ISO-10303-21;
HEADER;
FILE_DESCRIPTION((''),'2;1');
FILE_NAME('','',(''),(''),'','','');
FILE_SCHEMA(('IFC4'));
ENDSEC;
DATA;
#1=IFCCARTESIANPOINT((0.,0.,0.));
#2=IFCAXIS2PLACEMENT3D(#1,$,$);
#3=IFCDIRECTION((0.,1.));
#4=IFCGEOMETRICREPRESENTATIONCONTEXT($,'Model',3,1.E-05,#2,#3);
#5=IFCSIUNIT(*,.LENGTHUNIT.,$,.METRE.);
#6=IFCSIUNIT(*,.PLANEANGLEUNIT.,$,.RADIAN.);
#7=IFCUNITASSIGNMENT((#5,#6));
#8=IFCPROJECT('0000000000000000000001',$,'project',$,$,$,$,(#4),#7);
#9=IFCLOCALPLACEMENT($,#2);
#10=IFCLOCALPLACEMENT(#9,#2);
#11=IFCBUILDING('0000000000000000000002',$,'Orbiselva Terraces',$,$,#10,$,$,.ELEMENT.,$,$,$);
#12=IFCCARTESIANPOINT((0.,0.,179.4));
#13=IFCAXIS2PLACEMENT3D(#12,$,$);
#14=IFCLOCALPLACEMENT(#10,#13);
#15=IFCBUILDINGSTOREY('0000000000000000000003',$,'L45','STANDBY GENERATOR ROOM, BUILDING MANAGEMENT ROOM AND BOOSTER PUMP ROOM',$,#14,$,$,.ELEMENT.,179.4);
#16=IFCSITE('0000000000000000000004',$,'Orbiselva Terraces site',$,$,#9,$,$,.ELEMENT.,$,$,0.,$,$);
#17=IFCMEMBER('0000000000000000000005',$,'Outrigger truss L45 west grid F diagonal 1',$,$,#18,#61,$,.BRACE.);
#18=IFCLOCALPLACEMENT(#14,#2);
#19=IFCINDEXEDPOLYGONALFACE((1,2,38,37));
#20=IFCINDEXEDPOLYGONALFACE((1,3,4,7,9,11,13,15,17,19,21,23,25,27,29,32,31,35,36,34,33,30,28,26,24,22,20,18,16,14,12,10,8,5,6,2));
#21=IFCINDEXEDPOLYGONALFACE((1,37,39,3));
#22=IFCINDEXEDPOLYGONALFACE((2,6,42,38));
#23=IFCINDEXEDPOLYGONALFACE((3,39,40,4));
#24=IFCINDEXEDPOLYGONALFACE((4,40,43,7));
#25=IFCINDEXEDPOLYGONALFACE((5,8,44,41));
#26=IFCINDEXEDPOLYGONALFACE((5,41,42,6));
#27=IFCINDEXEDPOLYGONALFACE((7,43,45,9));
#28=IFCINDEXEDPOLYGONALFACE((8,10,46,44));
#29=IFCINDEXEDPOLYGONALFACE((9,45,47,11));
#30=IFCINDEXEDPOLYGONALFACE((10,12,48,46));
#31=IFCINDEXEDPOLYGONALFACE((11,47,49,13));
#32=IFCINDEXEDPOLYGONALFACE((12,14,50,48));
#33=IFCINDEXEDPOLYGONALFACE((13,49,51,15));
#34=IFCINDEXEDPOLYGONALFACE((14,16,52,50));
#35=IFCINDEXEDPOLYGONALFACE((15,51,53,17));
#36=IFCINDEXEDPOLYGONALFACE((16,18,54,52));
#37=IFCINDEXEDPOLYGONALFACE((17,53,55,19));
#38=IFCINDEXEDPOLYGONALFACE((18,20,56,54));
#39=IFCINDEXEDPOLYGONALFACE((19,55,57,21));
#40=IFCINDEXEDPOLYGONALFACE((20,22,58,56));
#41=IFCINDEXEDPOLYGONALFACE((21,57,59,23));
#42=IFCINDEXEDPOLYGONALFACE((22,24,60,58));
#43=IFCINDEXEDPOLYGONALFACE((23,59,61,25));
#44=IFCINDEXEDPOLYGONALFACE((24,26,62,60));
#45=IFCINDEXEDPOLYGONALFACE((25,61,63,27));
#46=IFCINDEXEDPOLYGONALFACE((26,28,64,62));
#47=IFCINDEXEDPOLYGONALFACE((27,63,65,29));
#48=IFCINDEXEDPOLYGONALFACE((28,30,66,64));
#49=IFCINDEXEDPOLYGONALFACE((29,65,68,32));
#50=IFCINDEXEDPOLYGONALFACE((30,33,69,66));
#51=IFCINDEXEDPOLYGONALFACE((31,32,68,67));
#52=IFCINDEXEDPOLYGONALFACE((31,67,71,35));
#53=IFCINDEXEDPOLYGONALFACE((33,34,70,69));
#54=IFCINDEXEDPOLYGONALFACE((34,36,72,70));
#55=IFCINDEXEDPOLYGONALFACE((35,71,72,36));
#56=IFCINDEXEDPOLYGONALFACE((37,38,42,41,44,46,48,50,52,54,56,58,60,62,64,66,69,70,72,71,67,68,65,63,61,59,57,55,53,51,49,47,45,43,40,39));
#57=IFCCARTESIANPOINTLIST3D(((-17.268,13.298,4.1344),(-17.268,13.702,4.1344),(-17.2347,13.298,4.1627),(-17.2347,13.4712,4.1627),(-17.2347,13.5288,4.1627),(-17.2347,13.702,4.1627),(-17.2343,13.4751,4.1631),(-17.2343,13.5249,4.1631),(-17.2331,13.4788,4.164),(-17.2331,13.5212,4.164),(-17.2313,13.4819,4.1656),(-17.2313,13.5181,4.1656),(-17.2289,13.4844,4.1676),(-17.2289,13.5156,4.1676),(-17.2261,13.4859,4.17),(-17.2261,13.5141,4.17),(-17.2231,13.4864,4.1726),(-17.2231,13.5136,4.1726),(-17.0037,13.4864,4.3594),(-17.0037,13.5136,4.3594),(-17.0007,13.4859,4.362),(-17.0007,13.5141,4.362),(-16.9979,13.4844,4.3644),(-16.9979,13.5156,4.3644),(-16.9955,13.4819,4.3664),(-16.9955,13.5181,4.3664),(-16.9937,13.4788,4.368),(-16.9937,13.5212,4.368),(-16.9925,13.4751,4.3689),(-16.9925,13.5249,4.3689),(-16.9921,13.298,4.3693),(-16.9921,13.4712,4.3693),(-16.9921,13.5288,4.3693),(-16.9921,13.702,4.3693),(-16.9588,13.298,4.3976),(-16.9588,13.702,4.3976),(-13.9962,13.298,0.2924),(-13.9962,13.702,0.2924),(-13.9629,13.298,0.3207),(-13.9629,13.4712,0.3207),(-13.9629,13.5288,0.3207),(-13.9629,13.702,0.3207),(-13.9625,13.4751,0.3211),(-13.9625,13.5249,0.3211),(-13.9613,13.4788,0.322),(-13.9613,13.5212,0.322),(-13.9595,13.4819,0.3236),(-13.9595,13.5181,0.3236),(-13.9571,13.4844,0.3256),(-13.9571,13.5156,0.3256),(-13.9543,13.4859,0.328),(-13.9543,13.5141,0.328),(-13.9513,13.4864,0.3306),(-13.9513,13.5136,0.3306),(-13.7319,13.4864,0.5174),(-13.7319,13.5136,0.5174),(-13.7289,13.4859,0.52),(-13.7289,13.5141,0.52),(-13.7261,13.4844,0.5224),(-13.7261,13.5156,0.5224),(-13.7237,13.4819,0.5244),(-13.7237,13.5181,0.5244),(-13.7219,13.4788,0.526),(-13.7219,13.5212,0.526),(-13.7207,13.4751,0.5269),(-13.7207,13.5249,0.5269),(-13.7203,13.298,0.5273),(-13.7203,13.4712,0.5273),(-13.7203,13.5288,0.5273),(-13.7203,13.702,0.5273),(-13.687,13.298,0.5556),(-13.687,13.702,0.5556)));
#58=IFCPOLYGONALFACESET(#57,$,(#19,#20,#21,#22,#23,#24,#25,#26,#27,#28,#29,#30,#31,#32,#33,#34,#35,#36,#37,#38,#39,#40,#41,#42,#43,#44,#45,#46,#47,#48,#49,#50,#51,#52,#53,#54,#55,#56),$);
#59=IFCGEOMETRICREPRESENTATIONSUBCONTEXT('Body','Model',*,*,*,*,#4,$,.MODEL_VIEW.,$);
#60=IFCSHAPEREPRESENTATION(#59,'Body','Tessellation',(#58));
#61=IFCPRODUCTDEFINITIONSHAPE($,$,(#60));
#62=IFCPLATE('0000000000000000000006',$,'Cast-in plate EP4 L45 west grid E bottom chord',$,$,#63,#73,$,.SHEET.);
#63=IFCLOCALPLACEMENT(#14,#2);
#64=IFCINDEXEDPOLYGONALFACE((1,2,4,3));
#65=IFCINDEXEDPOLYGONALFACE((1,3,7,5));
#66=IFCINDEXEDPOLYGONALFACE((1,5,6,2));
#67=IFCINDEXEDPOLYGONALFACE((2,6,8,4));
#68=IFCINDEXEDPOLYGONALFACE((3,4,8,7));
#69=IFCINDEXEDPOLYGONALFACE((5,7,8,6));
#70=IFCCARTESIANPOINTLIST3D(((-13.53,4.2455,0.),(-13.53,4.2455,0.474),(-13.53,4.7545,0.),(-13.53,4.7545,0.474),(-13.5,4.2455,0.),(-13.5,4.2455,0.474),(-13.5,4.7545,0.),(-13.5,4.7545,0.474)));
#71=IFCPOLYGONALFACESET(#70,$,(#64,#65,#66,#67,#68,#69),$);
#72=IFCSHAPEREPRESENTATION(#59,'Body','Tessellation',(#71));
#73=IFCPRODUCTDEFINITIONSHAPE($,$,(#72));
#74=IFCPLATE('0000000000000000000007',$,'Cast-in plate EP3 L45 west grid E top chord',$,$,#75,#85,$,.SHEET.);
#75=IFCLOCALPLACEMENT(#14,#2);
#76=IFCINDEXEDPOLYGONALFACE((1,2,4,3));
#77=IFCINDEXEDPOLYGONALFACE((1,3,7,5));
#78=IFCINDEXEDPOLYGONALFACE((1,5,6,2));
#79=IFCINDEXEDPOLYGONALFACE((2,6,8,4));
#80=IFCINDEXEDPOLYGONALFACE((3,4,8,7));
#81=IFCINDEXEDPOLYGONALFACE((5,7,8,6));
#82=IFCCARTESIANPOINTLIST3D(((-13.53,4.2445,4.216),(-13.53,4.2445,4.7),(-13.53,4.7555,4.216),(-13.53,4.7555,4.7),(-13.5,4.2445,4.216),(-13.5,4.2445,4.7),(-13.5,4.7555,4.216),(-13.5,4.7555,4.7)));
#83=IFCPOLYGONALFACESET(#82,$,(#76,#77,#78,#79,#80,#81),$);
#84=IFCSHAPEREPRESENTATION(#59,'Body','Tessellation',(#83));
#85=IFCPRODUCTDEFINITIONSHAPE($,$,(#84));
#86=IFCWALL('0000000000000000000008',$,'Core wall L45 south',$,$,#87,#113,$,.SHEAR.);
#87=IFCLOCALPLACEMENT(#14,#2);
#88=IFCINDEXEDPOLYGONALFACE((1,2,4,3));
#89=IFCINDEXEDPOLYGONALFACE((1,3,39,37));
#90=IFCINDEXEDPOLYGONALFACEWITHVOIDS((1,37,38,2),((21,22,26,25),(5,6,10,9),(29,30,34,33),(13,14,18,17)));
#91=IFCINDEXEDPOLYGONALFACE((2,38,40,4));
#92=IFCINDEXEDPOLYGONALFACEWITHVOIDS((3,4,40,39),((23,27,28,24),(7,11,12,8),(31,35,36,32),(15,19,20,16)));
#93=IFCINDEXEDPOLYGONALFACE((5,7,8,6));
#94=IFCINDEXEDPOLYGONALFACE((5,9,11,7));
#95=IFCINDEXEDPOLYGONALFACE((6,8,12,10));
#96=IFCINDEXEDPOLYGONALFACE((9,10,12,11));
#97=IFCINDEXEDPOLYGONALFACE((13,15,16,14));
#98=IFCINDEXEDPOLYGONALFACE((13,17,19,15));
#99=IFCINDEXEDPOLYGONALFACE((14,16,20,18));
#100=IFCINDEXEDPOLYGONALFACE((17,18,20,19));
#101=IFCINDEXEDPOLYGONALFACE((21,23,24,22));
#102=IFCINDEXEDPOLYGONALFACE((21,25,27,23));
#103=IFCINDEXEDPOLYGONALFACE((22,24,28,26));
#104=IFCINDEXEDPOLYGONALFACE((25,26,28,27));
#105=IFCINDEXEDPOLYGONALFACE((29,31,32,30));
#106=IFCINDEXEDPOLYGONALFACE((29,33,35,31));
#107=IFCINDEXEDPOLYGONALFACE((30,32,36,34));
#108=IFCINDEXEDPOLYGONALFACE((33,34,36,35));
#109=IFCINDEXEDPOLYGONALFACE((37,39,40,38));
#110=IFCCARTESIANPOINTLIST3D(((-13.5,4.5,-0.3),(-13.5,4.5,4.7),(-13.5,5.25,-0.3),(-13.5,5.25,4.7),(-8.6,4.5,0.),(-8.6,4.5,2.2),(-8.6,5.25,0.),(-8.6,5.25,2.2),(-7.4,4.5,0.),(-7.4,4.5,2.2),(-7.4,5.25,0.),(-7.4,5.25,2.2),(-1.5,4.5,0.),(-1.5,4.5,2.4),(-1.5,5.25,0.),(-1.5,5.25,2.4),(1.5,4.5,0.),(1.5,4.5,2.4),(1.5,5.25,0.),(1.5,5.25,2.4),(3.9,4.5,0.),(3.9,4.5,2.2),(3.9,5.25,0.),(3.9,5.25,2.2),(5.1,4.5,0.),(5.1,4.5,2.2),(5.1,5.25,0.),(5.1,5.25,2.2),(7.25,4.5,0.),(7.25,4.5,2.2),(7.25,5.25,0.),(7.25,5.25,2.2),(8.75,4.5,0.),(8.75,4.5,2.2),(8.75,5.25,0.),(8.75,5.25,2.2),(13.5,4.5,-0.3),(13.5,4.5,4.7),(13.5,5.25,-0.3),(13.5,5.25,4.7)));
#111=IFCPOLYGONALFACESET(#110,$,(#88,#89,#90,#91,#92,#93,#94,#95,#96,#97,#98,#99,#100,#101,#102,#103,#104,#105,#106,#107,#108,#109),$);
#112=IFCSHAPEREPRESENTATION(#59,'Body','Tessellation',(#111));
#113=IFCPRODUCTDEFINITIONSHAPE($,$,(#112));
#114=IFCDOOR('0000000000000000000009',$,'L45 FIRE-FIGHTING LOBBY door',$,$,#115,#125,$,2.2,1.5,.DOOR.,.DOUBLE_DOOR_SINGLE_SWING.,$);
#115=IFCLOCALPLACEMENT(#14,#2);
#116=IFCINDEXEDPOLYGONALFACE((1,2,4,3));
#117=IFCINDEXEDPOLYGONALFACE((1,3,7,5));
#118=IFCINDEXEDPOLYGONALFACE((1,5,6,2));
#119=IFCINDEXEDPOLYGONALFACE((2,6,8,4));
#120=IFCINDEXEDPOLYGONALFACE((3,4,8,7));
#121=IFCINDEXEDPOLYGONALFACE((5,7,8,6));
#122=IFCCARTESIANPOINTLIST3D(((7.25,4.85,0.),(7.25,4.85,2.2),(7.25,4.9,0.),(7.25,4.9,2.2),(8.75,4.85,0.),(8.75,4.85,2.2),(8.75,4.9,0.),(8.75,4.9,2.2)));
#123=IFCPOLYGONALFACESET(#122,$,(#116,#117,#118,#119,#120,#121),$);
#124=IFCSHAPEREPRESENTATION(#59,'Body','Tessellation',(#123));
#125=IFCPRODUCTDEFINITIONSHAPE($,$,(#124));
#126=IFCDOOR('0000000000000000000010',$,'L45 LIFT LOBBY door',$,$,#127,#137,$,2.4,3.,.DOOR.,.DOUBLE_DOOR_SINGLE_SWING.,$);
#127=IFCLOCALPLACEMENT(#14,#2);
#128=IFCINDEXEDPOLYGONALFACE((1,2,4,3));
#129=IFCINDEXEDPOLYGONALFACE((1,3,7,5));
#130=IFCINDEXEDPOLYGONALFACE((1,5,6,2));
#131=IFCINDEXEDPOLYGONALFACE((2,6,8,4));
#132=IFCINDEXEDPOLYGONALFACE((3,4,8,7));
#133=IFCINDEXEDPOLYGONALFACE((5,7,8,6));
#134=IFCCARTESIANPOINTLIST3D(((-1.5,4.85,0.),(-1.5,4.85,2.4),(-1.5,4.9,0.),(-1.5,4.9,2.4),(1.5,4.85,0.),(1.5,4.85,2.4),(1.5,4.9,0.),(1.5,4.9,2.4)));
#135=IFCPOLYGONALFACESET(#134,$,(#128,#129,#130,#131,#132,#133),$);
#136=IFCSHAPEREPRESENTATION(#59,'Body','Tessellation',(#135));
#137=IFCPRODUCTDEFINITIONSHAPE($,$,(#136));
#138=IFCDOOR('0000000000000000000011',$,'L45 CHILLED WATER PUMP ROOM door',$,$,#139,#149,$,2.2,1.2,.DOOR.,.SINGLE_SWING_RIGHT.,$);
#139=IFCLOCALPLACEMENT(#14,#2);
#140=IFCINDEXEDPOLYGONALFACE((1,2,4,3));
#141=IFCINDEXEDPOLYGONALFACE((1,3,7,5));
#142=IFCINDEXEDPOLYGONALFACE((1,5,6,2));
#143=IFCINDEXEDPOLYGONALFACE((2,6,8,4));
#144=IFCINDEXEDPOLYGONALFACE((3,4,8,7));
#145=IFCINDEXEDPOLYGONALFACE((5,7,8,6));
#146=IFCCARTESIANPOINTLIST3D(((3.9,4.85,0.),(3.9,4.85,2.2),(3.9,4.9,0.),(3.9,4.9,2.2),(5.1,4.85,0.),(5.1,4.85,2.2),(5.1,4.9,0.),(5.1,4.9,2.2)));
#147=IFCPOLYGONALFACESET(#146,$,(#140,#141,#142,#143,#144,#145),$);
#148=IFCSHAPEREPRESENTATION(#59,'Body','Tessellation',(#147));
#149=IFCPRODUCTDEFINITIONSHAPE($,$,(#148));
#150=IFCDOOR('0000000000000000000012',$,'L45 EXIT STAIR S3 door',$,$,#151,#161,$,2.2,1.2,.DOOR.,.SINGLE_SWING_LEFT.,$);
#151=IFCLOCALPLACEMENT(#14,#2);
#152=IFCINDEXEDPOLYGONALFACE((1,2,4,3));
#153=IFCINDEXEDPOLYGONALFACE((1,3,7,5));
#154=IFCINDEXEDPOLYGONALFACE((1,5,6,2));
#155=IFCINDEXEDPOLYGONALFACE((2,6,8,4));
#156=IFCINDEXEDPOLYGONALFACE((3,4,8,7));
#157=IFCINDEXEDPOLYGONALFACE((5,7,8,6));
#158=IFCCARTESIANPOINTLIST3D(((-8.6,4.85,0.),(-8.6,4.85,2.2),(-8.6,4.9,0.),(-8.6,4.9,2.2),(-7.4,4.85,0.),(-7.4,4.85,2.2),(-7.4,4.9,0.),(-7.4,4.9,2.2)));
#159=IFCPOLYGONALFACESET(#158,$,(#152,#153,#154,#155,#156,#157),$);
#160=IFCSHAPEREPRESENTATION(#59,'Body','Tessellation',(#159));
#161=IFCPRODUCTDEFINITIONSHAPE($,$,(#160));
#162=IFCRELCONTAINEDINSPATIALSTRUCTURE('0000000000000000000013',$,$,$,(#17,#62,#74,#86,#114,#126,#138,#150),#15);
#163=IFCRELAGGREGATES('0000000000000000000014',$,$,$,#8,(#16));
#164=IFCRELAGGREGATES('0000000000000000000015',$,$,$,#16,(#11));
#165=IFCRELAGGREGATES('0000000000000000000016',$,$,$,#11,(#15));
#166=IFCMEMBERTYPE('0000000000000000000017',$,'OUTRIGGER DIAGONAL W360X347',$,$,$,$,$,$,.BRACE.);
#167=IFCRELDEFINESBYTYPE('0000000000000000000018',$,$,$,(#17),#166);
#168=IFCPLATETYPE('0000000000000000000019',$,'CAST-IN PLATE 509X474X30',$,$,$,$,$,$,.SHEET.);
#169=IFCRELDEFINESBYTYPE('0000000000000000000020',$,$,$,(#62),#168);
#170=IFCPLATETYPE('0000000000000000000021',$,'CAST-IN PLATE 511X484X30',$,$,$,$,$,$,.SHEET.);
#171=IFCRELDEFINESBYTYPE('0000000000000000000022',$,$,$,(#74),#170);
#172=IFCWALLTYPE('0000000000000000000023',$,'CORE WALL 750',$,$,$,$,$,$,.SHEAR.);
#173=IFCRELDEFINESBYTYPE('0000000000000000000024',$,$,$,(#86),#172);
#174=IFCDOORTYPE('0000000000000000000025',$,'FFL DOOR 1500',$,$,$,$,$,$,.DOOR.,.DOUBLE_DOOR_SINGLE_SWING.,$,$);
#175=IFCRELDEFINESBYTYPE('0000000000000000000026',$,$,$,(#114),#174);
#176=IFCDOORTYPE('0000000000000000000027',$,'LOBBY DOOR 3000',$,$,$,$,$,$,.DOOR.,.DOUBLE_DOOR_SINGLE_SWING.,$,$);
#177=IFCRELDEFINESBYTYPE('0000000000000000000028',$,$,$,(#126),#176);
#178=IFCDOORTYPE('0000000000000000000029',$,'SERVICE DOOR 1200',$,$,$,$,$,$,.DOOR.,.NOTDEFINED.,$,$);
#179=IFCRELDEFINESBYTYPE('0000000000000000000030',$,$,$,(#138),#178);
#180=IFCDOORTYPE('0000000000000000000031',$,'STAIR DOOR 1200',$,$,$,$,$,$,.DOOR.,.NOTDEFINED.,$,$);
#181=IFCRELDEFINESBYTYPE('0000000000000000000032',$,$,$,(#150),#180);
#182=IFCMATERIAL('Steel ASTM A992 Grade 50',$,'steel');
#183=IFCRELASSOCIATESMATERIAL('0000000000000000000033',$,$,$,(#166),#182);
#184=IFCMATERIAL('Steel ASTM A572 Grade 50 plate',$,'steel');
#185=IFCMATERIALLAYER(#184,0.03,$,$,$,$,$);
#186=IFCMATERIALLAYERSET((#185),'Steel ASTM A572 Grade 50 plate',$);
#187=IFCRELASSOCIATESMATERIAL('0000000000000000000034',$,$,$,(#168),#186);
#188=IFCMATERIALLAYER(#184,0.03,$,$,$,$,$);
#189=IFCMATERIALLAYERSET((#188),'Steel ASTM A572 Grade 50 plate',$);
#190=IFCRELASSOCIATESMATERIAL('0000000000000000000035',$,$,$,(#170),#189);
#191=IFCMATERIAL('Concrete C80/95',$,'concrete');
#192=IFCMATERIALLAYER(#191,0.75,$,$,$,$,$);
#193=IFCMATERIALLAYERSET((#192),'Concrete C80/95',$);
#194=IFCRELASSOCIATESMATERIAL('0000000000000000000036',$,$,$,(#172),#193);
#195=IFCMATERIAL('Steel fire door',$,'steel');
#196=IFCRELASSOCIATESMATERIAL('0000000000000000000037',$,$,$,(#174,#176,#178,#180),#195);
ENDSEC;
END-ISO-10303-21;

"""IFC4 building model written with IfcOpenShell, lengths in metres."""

from ifc_helpers import new_model, si_unit, direction, frame, frame_2d, origin, origin_2d, place, context, subcontext, project, spatial, rectangle, i_section, extrude, material, layer, layer_set, material_profile, profile_set, type_object, element, fill, save


model = new_model("IFC4")

# Units and contexts
model_context = context("Model", 3, precision=1e-05, world=origin(), true_north=direction((0.0, 1.0)))
body_context = subcontext(model_context, "Body", "Model", "MODEL_VIEW")
ifc_project = project(units=[si_unit("LENGTHUNIT", "METRE"), si_unit("PLANEANGLEUNIT", "RADIAN")], contexts=[model_context])

# Site, building, storey
site_placement = place(None, origin())
site = spatial("IfcSite", under=ifc_project, at=site_placement, Name="Orbiselva Terraces site", CompositionType="ELEMENT", RefElevation=0.0)
building_placement = place(site_placement, origin())
building = spatial("IfcBuilding", under=site, at=building_placement, Name="Orbiselva Terraces", CompositionType="ELEMENT")
storey_placement = place(building_placement, frame((0.0, 0.0, 179.4)))
storey = spatial("IfcBuildingStorey", under=building, at=storey_placement, Name="L45", Description="STANDBY GENERATOR ROOM, BUILDING MANAGEMENT ROOM AND BOOSTER PUMP ROOM", CompositionType="ELEMENT", Elevation=179.4)

# Member
ifc_material_1 = material(Name="Steel ASTM A992 Grade 50", Category="steel")
ifc_material_profile_1 = material_profile(ifc_material_1, i_section(OverallWidth=0.404, OverallDepth=0.406, WebThickness=0.0272, FlangeThickness=0.0437, FilletRadius=0.0152, at=origin_2d()), Name="W360X347")
ifc_profile_set_1 = profile_set([ifc_material_profile_1], Name="Steel ASTM A992 Grade 50")
member_type_1 = type_object("IfcMemberType", Name="OUTRIGGER DIAGONAL W360X347", PredefinedType="BRACE", material=ifc_profile_set_1)
member_1_placement = place(storey_placement, frame((-13.8416, 13.5, 0.424), z_axis=(-0.64835, 0.0, 0.761342), x_axis=(0.0, -1.0, 0.0)))
element("IfcMember", 1, at=member_1_placement, inside=storey, type_object=member_type_1, Name="Outrigger truss L45 west grid F diagonal 1", PredefinedType="BRACE", context=body_context, shape_type="SweptSolid", body=[
    extrude(i_section(OverallWidth=0.404, OverallDepth=0.406, WebThickness=0.0272, FlangeThickness=0.0437, FilletRadius=0.0152, at=origin_2d()), origin(), (0.0, 0.0, 1.0), 5.0463),
])

# Plates
ifc_material_2 = material(Name="Steel ASTM A572 Grade 50 plate", Category="steel")
ifc_layer_1 = layer(ifc_material_2, 0.03)
ifc_layer_set_1 = layer_set([ifc_layer_1], Name="Steel ASTM A572 Grade 50 plate")
plate_type_1 = type_object("IfcPlateType", Name="CAST-IN PLATE 509X474X30", PredefinedType="SHEET", material=ifc_layer_set_1)
plate_1_placement = place(storey_placement, frame((-13.515, 4.5, 0.0), z_axis=(0.0, 0.0, 1.0), x_axis=(1.0, 0.0, 0.0)))
element("IfcPlate", 2, at=plate_1_placement, inside=storey, type_object=plate_type_1, Name="Cast-in plate EP4 L45 west grid E bottom chord", PredefinedType="SHEET", context=body_context, shape_type="SweptSolid", body=[
    extrude(rectangle(XDim=0.03, YDim=0.509, at=origin_2d()), origin(), (0.0, 0.0, 1.0), 0.474),
])
ifc_layer_2 = layer(ifc_material_2, 0.03)
ifc_layer_set_2 = layer_set([ifc_layer_2], Name="Steel ASTM A572 Grade 50 plate")
plate_type_2 = type_object("IfcPlateType", Name="CAST-IN PLATE 511X484X30", PredefinedType="SHEET", material=ifc_layer_set_2)
plate_2_placement = place(storey_placement, frame((-13.515, 4.5, 4.216), z_axis=(0.0, 0.0, 1.0), x_axis=(1.0, 0.0, 0.0)))
element("IfcPlate", 3, at=plate_2_placement, inside=storey, type_object=plate_type_2, Name="Cast-in plate EP3 L45 west grid E top chord", PredefinedType="SHEET", context=body_context, shape_type="SweptSolid", body=[
    extrude(rectangle(XDim=0.03, YDim=0.511, at=origin_2d()), origin(), (0.0, 0.0, 1.0), 0.484),
])

# Wall, openings, doors
ifc_material_3 = material(Name="Concrete C80/95", Category="concrete")
ifc_layer_3 = layer(ifc_material_3, 0.75)
ifc_layer_set_3 = layer_set([ifc_layer_3], Name="Concrete C80/95")
wall_type_1 = type_object("IfcWallType", Name="CORE WALL 750", PredefinedType="SHEAR", material=ifc_layer_set_3)
wall_1_placement = place(storey_placement, frame((-13.5, 4.875, -0.3), z_axis=(0.0, 0.0, 1.0), x_axis=(1.0, 0.0, 0.0)))
wall_1 = element("IfcWall", 4, at=wall_1_placement, inside=storey, type_object=wall_type_1, Name="Core wall L45 south", PredefinedType="SHEAR", context=body_context, shape_type="SweptSolid", body=[
    extrude(rectangle(XDim=27.0, YDim=0.75, at=frame_2d((13.5, 0.0))), origin(), (0.0, 0.0, 1.0), 5.0),
])
opening_1_placement = place(wall_1_placement, frame((12.0, 0.0, 0.3)))
opening_1 = element("IfcOpeningElement", 5, at=opening_1_placement, cuts=wall_1, PredefinedType="OPENING", context=body_context, shape_type="SweptSolid", body=[
    extrude(rectangle(XDim=3.0, YDim=2.4, at=frame_2d((1.5, 1.2))), frame((0.0, 0.385, 0.0), z_axis=(0.0, -1.0, 0.0), x_axis=(1.0, 0.0, 0.0)), (0.0, 0.0, 1.0), 0.77),
])
opening_2_placement = place(wall_1_placement, frame((4.9, 0.0, 0.3)))
opening_2 = element("IfcOpeningElement", 6, at=opening_2_placement, cuts=wall_1, PredefinedType="OPENING", context=body_context, shape_type="SweptSolid", body=[
    extrude(rectangle(XDim=1.2, YDim=2.2, at=frame_2d((0.6, 1.1))), frame((0.0, 0.385, 0.0), z_axis=(0.0, -1.0, 0.0), x_axis=(1.0, 0.0, 0.0)), (0.0, 0.0, 1.0), 0.77),
])
opening_3_placement = place(wall_1_placement, frame((20.75, 0.0, 0.3)))
opening_3 = element("IfcOpeningElement", 7, at=opening_3_placement, cuts=wall_1, PredefinedType="OPENING", context=body_context, shape_type="SweptSolid", body=[
    extrude(rectangle(XDim=1.5, YDim=2.2, at=frame_2d((0.75, 1.1))), frame((0.0, 0.385, 0.0), z_axis=(0.0, -1.0, 0.0), x_axis=(1.0, 0.0, 0.0)), (0.0, 0.0, 1.0), 0.77),
])
opening_4_placement = place(wall_1_placement, frame((17.4, 0.0, 0.3)))
opening_4 = element("IfcOpeningElement", 8, at=opening_4_placement, cuts=wall_1, PredefinedType="OPENING", context=body_context, shape_type="SweptSolid", body=[
    extrude(rectangle(XDim=1.2, YDim=2.2, at=frame_2d((0.6, 1.1))), frame((0.0, 0.385, 0.0), z_axis=(0.0, -1.0, 0.0), x_axis=(1.0, 0.0, 0.0)), (0.0, 0.0, 1.0), 0.77),
])
ifc_material_4 = material(Name="Steel fire door", Category="steel")
door_type_1 = type_object("IfcDoorType", Name="FFL DOOR 1500", OperationType="DOUBLE_DOOR_SINGLE_SWING", PredefinedType="DOOR", material=ifc_material_4)
door_1_placement = place(opening_3_placement, frame((1.5, 0.0, 0.0), z_axis=(0.0, 0.0, 1.0), x_axis=(-1.0, 0.0, 0.0)))
door_1 = element("IfcDoor", 9, at=door_1_placement, inside=storey, type_object=door_type_1, Name="L45 FIRE-FIGHTING LOBBY door", OperationType="DOUBLE_DOOR_SINGLE_SWING", OverallHeight=2.2, OverallWidth=1.5, PredefinedType="DOOR", context=body_context, shape_type="SweptSolid", body=[
    extrude(rectangle(XDim=1.5, YDim=2.2, at=frame_2d((0.75, 1.1))), frame((0.0, 0.025, 0.0), z_axis=(0.0, -1.0, 0.0), x_axis=(1.0, 0.0, 0.0)), (0.0, 0.0, 1.0), 0.05),
])
fill(opening_3, door_1)
door_type_2 = type_object("IfcDoorType", Name="LOBBY DOOR 3000", OperationType="DOUBLE_DOOR_SINGLE_SWING", PredefinedType="DOOR", material=ifc_material_4)
door_2_placement = place(opening_1_placement, frame((3.0, 0.0, 0.0), z_axis=(0.0, 0.0, 1.0), x_axis=(-1.0, 0.0, 0.0)))
door_2 = element("IfcDoor", 10, at=door_2_placement, inside=storey, type_object=door_type_2, Name="L45 LIFT LOBBY door", OperationType="DOUBLE_DOOR_SINGLE_SWING", OverallHeight=2.4, OverallWidth=3.0, PredefinedType="DOOR", context=body_context, shape_type="SweptSolid", body=[
    extrude(rectangle(XDim=3.0, YDim=2.4, at=frame_2d((1.5, 1.2))), frame((0.0, 0.025, 0.0), z_axis=(0.0, -1.0, 0.0), x_axis=(1.0, 0.0, 0.0)), (0.0, 0.0, 1.0), 0.05),
])
fill(opening_1, door_2)
door_type_3 = type_object("IfcDoorType", Name="SERVICE DOOR 1200", OperationType="NOTDEFINED", PredefinedType="DOOR", material=ifc_material_4)
door_3_placement = place(opening_4_placement, frame((1.2, 0.0, 0.0), z_axis=(0.0, 0.0, 1.0), x_axis=(-1.0, 0.0, 0.0)))
door_3 = element("IfcDoor", 11, at=door_3_placement, inside=storey, type_object=door_type_3, Name="L45 CHILLED WATER PUMP ROOM door", OperationType="SINGLE_SWING_RIGHT", OverallHeight=2.2, OverallWidth=1.2, PredefinedType="DOOR", context=body_context, shape_type="SweptSolid", body=[
    extrude(rectangle(XDim=1.2, YDim=2.2, at=frame_2d((0.6, 1.1))), frame((0.0, 0.025, 0.0), z_axis=(0.0, -1.0, 0.0), x_axis=(1.0, 0.0, 0.0)), (0.0, 0.0, 1.0), 0.05),
])
fill(opening_4, door_3)
door_type_4 = type_object("IfcDoorType", Name="STAIR DOOR 1200", OperationType="NOTDEFINED", PredefinedType="DOOR", material=ifc_material_4)
door_4_placement = place(opening_2_placement, frame((1.2, 0.0, 0.0), z_axis=(0.0, 0.0, 1.0), x_axis=(-1.0, 0.0, 0.0)))
door_4 = element("IfcDoor", 12, at=door_4_placement, inside=storey, type_object=door_type_4, Name="L45 EXIT STAIR S3 door", OperationType="SINGLE_SWING_LEFT", OverallHeight=2.2, OverallWidth=1.2, PredefinedType="DOOR", context=body_context, shape_type="SweptSolid", body=[
    extrude(rectangle(XDim=1.2, YDim=2.2, at=frame_2d((0.6, 1.1))), frame((0.0, 0.025, 0.0), z_axis=(0.0, -1.0, 0.0), x_axis=(1.0, 0.0, 0.0)), (0.0, 0.0, 1.0), 0.05),
])
fill(opening_2, door_4)

save(model, "model.ifc")
